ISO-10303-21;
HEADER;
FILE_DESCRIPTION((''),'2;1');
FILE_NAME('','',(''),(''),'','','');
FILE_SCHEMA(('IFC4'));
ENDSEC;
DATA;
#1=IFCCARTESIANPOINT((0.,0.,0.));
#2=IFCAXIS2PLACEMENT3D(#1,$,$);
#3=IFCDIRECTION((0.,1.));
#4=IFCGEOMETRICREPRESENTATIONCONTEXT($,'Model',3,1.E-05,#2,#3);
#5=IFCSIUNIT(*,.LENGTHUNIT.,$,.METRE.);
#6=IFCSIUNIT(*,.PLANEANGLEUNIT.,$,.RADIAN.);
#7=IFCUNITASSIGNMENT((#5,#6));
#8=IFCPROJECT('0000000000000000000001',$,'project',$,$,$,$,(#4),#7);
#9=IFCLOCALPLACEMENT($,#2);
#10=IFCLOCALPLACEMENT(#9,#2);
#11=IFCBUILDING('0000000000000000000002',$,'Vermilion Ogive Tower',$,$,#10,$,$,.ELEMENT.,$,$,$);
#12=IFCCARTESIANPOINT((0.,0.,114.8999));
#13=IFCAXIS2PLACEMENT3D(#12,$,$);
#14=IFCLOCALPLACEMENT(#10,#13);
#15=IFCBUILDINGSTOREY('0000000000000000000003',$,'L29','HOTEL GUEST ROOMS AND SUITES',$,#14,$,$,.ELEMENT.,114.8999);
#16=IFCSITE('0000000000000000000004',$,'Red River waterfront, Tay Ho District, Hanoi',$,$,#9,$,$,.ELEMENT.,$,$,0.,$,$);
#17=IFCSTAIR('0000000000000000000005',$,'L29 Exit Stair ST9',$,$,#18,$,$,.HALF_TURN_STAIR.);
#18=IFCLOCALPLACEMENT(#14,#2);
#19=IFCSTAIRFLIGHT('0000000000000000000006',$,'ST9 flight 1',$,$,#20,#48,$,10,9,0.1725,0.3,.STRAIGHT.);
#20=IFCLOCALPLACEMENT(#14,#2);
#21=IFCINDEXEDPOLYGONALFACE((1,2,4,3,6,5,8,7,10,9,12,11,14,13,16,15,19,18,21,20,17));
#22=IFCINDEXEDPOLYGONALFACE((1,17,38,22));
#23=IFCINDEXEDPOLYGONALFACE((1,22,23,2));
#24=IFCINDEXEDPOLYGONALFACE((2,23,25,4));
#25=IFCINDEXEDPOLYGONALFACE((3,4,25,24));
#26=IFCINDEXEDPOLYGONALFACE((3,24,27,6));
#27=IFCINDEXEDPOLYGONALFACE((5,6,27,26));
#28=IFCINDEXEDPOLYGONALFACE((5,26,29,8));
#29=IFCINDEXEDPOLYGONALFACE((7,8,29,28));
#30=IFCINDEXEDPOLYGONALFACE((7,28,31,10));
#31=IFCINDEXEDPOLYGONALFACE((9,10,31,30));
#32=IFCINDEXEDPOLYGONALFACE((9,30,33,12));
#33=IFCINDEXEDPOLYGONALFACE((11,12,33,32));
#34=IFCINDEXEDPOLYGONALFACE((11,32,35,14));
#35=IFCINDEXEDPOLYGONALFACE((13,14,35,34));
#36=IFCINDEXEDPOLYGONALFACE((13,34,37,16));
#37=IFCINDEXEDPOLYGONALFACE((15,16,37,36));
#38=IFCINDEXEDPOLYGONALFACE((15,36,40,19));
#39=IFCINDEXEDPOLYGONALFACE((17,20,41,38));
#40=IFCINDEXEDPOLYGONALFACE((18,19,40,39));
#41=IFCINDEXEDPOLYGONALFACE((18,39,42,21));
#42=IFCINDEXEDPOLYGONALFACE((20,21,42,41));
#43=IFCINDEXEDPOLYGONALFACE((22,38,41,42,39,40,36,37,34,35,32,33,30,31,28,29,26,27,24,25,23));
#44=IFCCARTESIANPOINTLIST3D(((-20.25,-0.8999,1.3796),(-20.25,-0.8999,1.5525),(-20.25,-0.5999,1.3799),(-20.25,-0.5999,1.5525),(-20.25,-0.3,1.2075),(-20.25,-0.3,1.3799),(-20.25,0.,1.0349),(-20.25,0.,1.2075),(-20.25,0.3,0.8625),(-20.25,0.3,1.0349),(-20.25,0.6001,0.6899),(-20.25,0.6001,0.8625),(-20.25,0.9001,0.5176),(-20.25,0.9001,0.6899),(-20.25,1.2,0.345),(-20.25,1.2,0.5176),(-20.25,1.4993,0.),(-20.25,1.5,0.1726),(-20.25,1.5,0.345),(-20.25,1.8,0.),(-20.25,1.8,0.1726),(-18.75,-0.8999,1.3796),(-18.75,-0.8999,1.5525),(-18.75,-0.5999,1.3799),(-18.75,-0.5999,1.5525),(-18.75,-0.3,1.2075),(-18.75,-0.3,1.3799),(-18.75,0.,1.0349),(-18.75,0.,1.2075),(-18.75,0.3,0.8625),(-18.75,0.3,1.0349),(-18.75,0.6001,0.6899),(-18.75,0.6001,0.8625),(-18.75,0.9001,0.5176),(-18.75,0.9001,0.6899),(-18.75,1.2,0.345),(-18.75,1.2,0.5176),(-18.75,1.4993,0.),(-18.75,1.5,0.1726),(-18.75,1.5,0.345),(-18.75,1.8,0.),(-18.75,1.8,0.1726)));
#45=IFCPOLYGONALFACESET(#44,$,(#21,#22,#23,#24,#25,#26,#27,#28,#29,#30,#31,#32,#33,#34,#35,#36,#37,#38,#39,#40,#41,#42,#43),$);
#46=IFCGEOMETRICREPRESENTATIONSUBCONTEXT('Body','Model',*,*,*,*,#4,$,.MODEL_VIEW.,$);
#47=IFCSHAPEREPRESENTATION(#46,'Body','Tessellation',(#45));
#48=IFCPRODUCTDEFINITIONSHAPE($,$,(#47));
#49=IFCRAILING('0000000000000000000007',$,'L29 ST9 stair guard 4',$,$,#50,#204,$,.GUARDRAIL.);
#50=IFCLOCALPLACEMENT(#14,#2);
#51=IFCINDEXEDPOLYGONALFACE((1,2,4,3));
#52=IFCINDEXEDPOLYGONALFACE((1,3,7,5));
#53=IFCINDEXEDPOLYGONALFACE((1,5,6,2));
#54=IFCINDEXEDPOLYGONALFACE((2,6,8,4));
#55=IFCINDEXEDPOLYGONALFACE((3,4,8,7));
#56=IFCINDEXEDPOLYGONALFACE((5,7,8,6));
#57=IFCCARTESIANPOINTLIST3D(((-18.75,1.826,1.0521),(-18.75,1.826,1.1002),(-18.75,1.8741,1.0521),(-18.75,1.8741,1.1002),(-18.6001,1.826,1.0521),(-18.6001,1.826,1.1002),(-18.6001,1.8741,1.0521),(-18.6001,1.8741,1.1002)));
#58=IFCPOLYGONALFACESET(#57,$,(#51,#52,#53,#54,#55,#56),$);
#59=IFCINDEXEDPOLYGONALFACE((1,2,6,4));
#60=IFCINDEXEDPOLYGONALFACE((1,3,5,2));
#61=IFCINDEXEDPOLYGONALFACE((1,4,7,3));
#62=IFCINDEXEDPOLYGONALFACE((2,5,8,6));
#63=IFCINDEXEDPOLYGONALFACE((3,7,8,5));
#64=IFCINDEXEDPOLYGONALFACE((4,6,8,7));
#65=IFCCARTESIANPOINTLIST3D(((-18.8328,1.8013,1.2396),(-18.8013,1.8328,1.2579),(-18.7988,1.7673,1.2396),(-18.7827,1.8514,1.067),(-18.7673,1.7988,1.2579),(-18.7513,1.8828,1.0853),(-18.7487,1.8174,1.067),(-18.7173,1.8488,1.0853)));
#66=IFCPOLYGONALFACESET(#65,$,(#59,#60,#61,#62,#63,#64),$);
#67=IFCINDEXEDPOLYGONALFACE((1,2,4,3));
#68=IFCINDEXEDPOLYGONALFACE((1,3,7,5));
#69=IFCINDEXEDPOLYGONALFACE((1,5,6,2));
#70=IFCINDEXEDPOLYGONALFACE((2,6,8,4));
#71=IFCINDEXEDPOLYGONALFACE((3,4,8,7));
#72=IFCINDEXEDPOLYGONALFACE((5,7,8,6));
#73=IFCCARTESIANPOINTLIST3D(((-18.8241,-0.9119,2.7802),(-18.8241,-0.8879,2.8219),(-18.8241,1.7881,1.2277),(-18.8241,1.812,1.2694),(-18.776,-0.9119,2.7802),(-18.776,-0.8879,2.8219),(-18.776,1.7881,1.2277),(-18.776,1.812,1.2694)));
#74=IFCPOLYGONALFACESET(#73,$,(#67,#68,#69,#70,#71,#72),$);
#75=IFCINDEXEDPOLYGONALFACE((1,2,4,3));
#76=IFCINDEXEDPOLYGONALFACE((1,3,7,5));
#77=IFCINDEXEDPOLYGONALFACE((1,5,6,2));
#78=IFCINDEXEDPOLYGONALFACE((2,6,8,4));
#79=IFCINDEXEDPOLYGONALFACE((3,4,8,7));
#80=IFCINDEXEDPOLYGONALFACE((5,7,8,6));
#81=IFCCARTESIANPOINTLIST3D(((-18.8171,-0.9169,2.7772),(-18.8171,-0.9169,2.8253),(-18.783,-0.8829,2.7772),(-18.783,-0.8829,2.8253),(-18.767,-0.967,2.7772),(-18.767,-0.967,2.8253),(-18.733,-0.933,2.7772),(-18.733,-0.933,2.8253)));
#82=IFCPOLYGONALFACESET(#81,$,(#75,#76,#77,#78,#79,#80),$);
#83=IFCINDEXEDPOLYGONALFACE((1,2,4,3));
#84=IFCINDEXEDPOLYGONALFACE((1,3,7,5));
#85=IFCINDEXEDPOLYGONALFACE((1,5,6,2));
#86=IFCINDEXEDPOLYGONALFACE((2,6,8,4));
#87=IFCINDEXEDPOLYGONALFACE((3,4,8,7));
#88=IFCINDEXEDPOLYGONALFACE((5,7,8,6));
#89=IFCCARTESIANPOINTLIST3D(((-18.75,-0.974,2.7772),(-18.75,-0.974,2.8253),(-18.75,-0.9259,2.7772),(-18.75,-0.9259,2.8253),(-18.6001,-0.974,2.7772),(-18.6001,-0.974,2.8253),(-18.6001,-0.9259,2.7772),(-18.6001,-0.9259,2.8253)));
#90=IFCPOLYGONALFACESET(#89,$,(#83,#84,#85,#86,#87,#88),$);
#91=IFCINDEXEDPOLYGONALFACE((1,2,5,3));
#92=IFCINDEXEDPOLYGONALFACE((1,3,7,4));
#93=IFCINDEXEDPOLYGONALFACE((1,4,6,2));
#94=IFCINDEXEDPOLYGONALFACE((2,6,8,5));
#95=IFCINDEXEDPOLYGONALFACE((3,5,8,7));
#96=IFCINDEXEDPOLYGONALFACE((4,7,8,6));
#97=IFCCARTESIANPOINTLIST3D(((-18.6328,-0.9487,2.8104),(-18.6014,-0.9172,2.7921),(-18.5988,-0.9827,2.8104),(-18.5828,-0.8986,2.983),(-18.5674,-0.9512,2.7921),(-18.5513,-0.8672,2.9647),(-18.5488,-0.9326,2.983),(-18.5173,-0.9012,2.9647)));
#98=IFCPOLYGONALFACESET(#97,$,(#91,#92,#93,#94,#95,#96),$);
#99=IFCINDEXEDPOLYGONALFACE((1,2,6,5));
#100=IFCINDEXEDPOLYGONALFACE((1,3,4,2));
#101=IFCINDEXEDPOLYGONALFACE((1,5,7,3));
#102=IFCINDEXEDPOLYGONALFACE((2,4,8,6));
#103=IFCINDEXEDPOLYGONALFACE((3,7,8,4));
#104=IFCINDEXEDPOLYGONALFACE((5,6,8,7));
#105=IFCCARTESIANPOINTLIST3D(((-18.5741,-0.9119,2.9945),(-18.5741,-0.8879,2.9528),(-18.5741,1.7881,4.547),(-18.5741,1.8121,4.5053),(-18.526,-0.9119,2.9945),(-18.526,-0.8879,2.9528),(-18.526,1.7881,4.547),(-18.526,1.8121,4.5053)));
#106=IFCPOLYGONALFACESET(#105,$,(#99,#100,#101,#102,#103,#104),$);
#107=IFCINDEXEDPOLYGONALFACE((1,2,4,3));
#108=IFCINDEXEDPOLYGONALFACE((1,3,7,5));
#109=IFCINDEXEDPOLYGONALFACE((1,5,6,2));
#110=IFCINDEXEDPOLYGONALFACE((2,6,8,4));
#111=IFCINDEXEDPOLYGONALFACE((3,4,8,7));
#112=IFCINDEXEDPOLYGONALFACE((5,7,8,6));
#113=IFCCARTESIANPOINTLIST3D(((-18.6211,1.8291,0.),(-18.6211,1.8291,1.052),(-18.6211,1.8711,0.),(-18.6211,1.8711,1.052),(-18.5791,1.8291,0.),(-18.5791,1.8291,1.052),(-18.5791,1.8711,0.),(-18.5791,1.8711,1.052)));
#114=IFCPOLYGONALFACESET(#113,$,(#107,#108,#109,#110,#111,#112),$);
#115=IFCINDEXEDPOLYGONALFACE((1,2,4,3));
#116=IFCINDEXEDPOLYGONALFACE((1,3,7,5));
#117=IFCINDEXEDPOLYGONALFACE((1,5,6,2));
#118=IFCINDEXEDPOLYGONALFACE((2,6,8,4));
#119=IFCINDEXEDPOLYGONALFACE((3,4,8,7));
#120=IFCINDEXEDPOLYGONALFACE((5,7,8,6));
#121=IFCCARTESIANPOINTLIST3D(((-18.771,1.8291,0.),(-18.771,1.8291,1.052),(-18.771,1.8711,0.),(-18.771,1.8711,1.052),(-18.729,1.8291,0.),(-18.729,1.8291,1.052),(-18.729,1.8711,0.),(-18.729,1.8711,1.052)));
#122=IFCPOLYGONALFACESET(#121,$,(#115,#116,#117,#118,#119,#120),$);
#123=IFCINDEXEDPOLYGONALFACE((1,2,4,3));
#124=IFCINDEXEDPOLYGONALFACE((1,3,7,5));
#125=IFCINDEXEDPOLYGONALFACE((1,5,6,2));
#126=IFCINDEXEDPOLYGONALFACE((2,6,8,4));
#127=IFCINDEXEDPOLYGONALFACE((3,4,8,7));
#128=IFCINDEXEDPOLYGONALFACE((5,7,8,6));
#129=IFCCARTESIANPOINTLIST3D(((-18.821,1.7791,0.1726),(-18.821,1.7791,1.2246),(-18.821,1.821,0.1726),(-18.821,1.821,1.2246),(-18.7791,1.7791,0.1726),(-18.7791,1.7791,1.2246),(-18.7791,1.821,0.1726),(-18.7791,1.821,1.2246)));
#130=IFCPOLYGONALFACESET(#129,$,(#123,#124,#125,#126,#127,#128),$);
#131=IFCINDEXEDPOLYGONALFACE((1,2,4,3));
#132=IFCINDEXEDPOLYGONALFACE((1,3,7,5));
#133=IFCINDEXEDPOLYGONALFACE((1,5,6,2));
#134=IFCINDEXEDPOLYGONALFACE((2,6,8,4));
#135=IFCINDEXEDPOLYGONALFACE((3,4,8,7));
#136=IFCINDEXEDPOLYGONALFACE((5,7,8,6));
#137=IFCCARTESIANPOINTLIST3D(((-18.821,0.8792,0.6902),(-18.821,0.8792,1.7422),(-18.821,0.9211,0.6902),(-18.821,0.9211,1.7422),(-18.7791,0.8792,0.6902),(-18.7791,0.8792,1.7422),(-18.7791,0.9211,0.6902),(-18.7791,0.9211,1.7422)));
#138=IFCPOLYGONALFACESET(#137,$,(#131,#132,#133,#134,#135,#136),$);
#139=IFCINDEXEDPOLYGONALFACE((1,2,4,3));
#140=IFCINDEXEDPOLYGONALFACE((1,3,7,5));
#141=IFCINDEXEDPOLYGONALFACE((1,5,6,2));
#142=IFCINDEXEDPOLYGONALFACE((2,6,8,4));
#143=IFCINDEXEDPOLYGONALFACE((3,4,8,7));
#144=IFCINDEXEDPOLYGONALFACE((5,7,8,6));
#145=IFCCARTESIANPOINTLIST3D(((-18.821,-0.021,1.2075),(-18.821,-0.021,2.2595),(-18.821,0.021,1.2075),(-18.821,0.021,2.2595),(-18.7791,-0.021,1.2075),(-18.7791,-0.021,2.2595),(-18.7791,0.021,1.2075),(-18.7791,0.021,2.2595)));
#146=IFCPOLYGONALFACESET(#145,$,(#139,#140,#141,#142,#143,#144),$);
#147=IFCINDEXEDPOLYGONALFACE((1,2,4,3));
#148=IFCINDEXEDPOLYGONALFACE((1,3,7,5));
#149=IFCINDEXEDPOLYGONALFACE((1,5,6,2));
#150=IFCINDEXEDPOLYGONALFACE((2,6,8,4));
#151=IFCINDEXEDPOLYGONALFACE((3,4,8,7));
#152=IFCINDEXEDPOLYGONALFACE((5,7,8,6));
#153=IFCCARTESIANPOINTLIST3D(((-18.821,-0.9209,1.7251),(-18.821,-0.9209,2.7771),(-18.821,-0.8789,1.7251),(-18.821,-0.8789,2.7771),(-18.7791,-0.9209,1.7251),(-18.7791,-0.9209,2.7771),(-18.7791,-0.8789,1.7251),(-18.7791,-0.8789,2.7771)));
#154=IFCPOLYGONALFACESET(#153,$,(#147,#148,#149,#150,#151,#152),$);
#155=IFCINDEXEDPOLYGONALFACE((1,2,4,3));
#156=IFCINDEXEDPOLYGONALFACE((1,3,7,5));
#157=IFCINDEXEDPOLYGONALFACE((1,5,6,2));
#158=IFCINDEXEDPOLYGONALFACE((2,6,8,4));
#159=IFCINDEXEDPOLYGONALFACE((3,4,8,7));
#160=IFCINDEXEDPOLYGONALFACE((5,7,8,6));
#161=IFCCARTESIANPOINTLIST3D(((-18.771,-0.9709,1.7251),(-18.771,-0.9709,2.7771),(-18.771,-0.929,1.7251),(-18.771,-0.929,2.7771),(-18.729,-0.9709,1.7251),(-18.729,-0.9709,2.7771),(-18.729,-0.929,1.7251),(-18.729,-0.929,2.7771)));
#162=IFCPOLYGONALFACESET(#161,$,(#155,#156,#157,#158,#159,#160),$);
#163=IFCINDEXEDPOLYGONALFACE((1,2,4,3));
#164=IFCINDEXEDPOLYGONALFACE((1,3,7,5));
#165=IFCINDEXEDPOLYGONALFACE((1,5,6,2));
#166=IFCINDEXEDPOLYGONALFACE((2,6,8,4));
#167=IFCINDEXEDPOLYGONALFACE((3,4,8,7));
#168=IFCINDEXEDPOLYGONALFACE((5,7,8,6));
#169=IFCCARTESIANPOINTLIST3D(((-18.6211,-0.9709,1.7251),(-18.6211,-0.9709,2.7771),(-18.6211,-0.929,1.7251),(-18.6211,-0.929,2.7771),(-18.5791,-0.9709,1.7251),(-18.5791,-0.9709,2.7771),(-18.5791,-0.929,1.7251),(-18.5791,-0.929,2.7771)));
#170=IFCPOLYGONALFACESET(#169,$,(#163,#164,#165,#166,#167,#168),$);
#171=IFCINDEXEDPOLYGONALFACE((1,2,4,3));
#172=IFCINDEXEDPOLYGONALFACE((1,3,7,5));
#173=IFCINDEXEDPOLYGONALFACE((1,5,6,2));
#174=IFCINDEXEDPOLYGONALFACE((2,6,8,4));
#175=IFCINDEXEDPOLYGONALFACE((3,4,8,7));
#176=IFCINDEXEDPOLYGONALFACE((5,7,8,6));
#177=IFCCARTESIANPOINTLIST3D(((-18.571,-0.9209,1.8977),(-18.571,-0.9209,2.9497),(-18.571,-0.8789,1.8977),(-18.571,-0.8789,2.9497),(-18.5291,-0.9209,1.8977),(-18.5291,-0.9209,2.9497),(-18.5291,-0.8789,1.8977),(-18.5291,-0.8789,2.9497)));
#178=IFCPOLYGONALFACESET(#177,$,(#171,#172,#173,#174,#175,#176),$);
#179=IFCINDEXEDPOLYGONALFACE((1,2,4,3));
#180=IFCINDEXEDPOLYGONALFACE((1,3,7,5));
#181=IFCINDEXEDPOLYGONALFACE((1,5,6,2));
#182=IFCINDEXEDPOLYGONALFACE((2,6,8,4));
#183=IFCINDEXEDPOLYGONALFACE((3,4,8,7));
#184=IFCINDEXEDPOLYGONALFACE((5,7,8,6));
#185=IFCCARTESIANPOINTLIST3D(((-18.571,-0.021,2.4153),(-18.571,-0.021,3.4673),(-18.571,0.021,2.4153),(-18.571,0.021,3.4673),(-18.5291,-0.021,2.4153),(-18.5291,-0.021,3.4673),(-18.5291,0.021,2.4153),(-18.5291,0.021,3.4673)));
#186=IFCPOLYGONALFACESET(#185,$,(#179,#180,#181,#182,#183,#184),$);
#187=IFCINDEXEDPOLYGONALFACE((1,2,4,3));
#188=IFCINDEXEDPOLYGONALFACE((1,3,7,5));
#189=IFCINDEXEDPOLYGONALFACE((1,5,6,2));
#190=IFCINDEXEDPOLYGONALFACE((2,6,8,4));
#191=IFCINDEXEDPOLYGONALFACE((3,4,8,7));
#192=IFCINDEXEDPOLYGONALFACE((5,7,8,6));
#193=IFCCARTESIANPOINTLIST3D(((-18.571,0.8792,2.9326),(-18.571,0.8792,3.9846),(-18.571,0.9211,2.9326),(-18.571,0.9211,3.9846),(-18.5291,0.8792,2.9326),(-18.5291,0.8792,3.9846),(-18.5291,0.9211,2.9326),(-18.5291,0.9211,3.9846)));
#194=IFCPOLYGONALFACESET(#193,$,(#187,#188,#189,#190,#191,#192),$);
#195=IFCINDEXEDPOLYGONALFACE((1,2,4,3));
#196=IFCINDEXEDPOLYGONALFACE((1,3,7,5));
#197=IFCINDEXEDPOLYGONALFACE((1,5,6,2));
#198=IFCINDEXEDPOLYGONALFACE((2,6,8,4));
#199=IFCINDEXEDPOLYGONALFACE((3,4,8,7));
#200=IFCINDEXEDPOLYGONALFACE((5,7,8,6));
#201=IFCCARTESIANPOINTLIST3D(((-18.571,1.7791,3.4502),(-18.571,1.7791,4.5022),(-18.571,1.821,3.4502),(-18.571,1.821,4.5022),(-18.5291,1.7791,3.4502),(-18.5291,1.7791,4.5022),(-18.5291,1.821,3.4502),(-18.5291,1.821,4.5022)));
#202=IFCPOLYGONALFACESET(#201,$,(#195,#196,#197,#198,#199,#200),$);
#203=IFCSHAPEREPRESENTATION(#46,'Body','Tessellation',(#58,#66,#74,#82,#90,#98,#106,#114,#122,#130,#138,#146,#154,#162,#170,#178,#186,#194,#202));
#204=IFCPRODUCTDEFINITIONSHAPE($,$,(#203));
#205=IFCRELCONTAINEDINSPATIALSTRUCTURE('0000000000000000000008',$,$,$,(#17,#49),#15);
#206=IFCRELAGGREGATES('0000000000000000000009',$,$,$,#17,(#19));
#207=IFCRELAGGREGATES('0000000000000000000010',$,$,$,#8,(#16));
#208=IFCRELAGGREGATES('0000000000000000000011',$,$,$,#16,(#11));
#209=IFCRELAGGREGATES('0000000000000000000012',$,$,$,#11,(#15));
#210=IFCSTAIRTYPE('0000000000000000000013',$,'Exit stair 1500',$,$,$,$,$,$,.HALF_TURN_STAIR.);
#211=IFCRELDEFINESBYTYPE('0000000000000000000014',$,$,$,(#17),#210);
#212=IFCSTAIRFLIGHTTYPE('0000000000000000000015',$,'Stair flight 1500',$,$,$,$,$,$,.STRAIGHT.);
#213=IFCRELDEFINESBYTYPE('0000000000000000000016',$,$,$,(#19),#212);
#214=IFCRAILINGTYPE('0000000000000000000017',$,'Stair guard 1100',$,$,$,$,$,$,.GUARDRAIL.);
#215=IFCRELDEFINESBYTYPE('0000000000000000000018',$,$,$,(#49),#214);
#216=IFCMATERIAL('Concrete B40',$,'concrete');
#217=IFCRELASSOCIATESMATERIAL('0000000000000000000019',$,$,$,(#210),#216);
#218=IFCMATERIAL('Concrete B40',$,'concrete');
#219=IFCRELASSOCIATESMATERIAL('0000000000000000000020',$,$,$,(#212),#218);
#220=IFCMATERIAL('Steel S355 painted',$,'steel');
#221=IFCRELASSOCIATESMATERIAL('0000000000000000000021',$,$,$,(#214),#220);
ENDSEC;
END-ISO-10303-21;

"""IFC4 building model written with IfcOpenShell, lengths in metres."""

from ifc_helpers import new_model, si_unit, direction, frame, origin, origin_2d, place, context, subcontext, project, spatial, polyline, rectangle, outline, extrude, material, type_object, element, aggregate, save


model = new_model("IFC4")

# Units and contexts
model_context = context("Model", 3, precision=1e-05, world=origin(), true_north=direction((0.0, 1.0)))
body_context = subcontext(model_context, "Body", "Model", "MODEL_VIEW")
ifc_project = project(units=[si_unit("LENGTHUNIT", "METRE"), si_unit("PLANEANGLEUNIT", "RADIAN")], contexts=[model_context])

# Site, building, storey
site_placement = place(None, origin())
site = spatial("IfcSite", under=ifc_project, at=site_placement, Name="Red River waterfront, Tay Ho District, Hanoi", CompositionType="ELEMENT", RefElevation=0.0)
building_placement = place(site_placement, origin())
building = spatial("IfcBuilding", under=site, at=building_placement, Name="Vermilion Ogive Tower", CompositionType="ELEMENT")
storey_placement = place(building_placement, frame((0.0, 0.0, 114.8999)))
storey = spatial("IfcBuildingStorey", under=building, at=storey_placement, Name="L29", Description="HOTEL GUEST ROOMS AND SUITES", CompositionType="ELEMENT", Elevation=114.8999)

# Stair, stair flight
ifc_material_1 = material(Name="Concrete B40", Category="concrete")
stair_type = type_object("IfcStairType", Name="Exit stair 1500", PredefinedType="HALF_TURN_STAIR", material=ifc_material_1)
stair_placement = place(storey_placement, origin())
stair = element("IfcStair", 1, at=stair_placement, inside=storey, type_object=stair_type, Name="L29 Exit Stair ST9", PredefinedType="HALF_TURN_STAIR")
ifc_material_2 = material(Name="Concrete B40", Category="concrete")
stair_flight_type = type_object("IfcStairFlightType", Name="Stair flight 1500", PredefinedType="STRAIGHT", material=ifc_material_2)
stair_flight_placement = place(storey_placement, frame((-19.5, 1.8, 0.0), z_axis=(0.0, 0.0, 1.0), x_axis=(0.0, -1.0, 0.0)))
stair_flight = element("IfcStairFlight", 2, at=stair_flight_placement, type_object=stair_flight_type, Name="ST9 flight 1", NumberOfRisers=10, NumberOfTreads=9, PredefinedType="STRAIGHT", RiserHeight=0.1725, TreadLength=0.3, context=body_context, shape_type="SweptSolid", body=[
    extrude(outline(polyline([(0.0, 0.0), (0.0, 0.1726), (0.3, 0.1726), (0.3, 0.345), (0.6001, 0.345), (0.6001, 0.5176), (0.8999, 0.5176), (0.8999, 0.6899), (1.2, 0.6899), (1.2, 0.8625), (1.5, 0.8625), (1.5, 1.0349), (1.8, 1.0349), (1.8, 1.2075), (2.1001, 1.2075), (2.1001, 1.3799), (2.3999, 1.3799), (2.3999, 1.5525), (2.7, 1.5525), (2.7, 1.7251), (2.7, 1.3796), (0.3008, 0.0), (0.0, 0.0)])), frame((0.0, 0.75, 0.0), z_axis=(0.0, -1.0, 0.0), x_axis=(1.0, 0.0, 0.0)), (0.0, 0.0, 1.0), 1.5),
])
aggregate(stair, [stair_flight])

# Railing
ifc_material_3 = material(Name="Steel S355 painted", Category="steel")
railing_type_1 = type_object("IfcRailingType", Name="Stair guard 1100", PredefinedType="GUARDRAIL", material=ifc_material_3)
railing_1_placement = place(storey_placement, frame((-18.6001, 1.8501, 0.0)))
element("IfcRailing", 3, at=railing_1_placement, inside=storey, type_object=railing_type_1, Name="L29 ST9 stair guard 4", PredefinedType="GUARDRAIL", context=body_context, shape_type="SweptSolid", body=[
    extrude(rectangle(XDim=0.0481, YDim=0.0481, at=origin_2d()), frame((0.0, 0.0, 1.0762), z_axis=(-1.0, 0.0, 0.0), x_axis=(0.0, -1.0, 0.0)), (0.0, 0.0, 1.0), 0.1499),
    extrude(rectangle(XDim=0.0481, YDim=0.0481, at=origin_2d()), frame((-0.1499, 0.0, 1.0762), z_axis=(-0.268278, -0.268278, 0.925232), x_axis=(0.707107, -0.707107, 0.0)), (0.0, 0.0, 1.0), 0.1865),
    extrude(rectangle(XDim=0.0481, YDim=0.0481, at=origin_2d()), frame((-0.2, -0.05, 1.2485), z_axis=(0.0, -0.866904, 0.498476), x_axis=(1.0, 0.0, 0.0)), (0.0, 0.0, 1.0), 3.1145),
    extrude(rectangle(XDim=0.0481, YDim=0.0481, at=origin_2d()), frame((-0.2, -2.75, 2.8013), z_axis=(0.707107, -0.707107, 0.0), x_axis=(0.707107, 0.707107, 0.0)), (0.0, 0.0, 1.0), 0.0708),
    extrude(rectangle(XDim=0.0481, YDim=0.0481, at=origin_2d()), frame((-0.1499, -2.8, 2.8013), z_axis=(1.0, 0.0, 0.0), x_axis=(0.0, 1.0, 0.0)), (0.0, 0.0, 1.0), 0.1499),
    extrude(rectangle(XDim=0.0481, YDim=0.0481, at=origin_2d()), frame((0.0, -2.8, 2.8013), z_axis=(0.268278, 0.268278, 0.925232), x_axis=(-0.707107, 0.707107, 0.0)), (0.0, 0.0, 1.0), 0.1865),
    extrude(rectangle(XDim=0.0481, YDim=0.0481, at=origin_2d()), frame((0.05, -2.75, 2.9736), z_axis=(0.0, 0.866904, 0.498476), x_axis=(-1.0, 0.0, 0.0)), (0.0, 0.0, 1.0), 3.1145),
    extrude(rectangle(XDim=0.042, YDim=0.042, at=origin_2d()), origin(), (0.0, 0.0, 1.0), 1.052),
    extrude(rectangle(XDim=0.042, YDim=0.042, at=origin_2d()), frame((-0.1499, 0.0, 0.0)), (0.0, 0.0, 1.0), 1.052),
    extrude(rectangle(XDim=0.042, YDim=0.042, at=origin_2d()), frame((-0.2, -0.05, 0.1726)), (0.0, 0.0, 1.0), 1.052),
    extrude(rectangle(XDim=0.042, YDim=0.042, at=origin_2d()), frame((-0.2, -0.95, 0.6902)), (0.0, 0.0, 1.0), 1.052),
    extrude(rectangle(XDim=0.042, YDim=0.042, at=origin_2d()), frame((-0.2, -1.8501, 1.2075)), (0.0, 0.0, 1.0), 1.052),
    extrude(rectangle(XDim=0.042, YDim=0.042, at=origin_2d()), frame((-0.2, -2.75, 1.7251)), (0.0, 0.0, 1.0), 1.052),
    extrude(rectangle(XDim=0.042, YDim=0.042, at=origin_2d()), frame((-0.1499, -2.8, 1.7251)), (0.0, 0.0, 1.0), 1.052),
    extrude(rectangle(XDim=0.042, YDim=0.042, at=origin_2d()), frame((0.0, -2.8, 1.7251)), (0.0, 0.0, 1.0), 1.052),
    extrude(rectangle(XDim=0.042, YDim=0.042, at=origin_2d()), frame((0.05, -2.75, 1.8977)), (0.0, 0.0, 1.0), 1.052),
    extrude(rectangle(XDim=0.042, YDim=0.042, at=origin_2d()), frame((0.05, -1.8501, 2.4153)), (0.0, 0.0, 1.0), 1.052),
    extrude(rectangle(XDim=0.042, YDim=0.042, at=origin_2d()), frame((0.05, -0.95, 2.9326)), (0.0, 0.0, 1.0), 1.052),
    extrude(rectangle(XDim=0.042, YDim=0.042, at=origin_2d()), frame((0.05, -0.05, 3.4502)), (0.0, 0.0, 1.0), 1.052),
])

save(model, "model.ifc")
